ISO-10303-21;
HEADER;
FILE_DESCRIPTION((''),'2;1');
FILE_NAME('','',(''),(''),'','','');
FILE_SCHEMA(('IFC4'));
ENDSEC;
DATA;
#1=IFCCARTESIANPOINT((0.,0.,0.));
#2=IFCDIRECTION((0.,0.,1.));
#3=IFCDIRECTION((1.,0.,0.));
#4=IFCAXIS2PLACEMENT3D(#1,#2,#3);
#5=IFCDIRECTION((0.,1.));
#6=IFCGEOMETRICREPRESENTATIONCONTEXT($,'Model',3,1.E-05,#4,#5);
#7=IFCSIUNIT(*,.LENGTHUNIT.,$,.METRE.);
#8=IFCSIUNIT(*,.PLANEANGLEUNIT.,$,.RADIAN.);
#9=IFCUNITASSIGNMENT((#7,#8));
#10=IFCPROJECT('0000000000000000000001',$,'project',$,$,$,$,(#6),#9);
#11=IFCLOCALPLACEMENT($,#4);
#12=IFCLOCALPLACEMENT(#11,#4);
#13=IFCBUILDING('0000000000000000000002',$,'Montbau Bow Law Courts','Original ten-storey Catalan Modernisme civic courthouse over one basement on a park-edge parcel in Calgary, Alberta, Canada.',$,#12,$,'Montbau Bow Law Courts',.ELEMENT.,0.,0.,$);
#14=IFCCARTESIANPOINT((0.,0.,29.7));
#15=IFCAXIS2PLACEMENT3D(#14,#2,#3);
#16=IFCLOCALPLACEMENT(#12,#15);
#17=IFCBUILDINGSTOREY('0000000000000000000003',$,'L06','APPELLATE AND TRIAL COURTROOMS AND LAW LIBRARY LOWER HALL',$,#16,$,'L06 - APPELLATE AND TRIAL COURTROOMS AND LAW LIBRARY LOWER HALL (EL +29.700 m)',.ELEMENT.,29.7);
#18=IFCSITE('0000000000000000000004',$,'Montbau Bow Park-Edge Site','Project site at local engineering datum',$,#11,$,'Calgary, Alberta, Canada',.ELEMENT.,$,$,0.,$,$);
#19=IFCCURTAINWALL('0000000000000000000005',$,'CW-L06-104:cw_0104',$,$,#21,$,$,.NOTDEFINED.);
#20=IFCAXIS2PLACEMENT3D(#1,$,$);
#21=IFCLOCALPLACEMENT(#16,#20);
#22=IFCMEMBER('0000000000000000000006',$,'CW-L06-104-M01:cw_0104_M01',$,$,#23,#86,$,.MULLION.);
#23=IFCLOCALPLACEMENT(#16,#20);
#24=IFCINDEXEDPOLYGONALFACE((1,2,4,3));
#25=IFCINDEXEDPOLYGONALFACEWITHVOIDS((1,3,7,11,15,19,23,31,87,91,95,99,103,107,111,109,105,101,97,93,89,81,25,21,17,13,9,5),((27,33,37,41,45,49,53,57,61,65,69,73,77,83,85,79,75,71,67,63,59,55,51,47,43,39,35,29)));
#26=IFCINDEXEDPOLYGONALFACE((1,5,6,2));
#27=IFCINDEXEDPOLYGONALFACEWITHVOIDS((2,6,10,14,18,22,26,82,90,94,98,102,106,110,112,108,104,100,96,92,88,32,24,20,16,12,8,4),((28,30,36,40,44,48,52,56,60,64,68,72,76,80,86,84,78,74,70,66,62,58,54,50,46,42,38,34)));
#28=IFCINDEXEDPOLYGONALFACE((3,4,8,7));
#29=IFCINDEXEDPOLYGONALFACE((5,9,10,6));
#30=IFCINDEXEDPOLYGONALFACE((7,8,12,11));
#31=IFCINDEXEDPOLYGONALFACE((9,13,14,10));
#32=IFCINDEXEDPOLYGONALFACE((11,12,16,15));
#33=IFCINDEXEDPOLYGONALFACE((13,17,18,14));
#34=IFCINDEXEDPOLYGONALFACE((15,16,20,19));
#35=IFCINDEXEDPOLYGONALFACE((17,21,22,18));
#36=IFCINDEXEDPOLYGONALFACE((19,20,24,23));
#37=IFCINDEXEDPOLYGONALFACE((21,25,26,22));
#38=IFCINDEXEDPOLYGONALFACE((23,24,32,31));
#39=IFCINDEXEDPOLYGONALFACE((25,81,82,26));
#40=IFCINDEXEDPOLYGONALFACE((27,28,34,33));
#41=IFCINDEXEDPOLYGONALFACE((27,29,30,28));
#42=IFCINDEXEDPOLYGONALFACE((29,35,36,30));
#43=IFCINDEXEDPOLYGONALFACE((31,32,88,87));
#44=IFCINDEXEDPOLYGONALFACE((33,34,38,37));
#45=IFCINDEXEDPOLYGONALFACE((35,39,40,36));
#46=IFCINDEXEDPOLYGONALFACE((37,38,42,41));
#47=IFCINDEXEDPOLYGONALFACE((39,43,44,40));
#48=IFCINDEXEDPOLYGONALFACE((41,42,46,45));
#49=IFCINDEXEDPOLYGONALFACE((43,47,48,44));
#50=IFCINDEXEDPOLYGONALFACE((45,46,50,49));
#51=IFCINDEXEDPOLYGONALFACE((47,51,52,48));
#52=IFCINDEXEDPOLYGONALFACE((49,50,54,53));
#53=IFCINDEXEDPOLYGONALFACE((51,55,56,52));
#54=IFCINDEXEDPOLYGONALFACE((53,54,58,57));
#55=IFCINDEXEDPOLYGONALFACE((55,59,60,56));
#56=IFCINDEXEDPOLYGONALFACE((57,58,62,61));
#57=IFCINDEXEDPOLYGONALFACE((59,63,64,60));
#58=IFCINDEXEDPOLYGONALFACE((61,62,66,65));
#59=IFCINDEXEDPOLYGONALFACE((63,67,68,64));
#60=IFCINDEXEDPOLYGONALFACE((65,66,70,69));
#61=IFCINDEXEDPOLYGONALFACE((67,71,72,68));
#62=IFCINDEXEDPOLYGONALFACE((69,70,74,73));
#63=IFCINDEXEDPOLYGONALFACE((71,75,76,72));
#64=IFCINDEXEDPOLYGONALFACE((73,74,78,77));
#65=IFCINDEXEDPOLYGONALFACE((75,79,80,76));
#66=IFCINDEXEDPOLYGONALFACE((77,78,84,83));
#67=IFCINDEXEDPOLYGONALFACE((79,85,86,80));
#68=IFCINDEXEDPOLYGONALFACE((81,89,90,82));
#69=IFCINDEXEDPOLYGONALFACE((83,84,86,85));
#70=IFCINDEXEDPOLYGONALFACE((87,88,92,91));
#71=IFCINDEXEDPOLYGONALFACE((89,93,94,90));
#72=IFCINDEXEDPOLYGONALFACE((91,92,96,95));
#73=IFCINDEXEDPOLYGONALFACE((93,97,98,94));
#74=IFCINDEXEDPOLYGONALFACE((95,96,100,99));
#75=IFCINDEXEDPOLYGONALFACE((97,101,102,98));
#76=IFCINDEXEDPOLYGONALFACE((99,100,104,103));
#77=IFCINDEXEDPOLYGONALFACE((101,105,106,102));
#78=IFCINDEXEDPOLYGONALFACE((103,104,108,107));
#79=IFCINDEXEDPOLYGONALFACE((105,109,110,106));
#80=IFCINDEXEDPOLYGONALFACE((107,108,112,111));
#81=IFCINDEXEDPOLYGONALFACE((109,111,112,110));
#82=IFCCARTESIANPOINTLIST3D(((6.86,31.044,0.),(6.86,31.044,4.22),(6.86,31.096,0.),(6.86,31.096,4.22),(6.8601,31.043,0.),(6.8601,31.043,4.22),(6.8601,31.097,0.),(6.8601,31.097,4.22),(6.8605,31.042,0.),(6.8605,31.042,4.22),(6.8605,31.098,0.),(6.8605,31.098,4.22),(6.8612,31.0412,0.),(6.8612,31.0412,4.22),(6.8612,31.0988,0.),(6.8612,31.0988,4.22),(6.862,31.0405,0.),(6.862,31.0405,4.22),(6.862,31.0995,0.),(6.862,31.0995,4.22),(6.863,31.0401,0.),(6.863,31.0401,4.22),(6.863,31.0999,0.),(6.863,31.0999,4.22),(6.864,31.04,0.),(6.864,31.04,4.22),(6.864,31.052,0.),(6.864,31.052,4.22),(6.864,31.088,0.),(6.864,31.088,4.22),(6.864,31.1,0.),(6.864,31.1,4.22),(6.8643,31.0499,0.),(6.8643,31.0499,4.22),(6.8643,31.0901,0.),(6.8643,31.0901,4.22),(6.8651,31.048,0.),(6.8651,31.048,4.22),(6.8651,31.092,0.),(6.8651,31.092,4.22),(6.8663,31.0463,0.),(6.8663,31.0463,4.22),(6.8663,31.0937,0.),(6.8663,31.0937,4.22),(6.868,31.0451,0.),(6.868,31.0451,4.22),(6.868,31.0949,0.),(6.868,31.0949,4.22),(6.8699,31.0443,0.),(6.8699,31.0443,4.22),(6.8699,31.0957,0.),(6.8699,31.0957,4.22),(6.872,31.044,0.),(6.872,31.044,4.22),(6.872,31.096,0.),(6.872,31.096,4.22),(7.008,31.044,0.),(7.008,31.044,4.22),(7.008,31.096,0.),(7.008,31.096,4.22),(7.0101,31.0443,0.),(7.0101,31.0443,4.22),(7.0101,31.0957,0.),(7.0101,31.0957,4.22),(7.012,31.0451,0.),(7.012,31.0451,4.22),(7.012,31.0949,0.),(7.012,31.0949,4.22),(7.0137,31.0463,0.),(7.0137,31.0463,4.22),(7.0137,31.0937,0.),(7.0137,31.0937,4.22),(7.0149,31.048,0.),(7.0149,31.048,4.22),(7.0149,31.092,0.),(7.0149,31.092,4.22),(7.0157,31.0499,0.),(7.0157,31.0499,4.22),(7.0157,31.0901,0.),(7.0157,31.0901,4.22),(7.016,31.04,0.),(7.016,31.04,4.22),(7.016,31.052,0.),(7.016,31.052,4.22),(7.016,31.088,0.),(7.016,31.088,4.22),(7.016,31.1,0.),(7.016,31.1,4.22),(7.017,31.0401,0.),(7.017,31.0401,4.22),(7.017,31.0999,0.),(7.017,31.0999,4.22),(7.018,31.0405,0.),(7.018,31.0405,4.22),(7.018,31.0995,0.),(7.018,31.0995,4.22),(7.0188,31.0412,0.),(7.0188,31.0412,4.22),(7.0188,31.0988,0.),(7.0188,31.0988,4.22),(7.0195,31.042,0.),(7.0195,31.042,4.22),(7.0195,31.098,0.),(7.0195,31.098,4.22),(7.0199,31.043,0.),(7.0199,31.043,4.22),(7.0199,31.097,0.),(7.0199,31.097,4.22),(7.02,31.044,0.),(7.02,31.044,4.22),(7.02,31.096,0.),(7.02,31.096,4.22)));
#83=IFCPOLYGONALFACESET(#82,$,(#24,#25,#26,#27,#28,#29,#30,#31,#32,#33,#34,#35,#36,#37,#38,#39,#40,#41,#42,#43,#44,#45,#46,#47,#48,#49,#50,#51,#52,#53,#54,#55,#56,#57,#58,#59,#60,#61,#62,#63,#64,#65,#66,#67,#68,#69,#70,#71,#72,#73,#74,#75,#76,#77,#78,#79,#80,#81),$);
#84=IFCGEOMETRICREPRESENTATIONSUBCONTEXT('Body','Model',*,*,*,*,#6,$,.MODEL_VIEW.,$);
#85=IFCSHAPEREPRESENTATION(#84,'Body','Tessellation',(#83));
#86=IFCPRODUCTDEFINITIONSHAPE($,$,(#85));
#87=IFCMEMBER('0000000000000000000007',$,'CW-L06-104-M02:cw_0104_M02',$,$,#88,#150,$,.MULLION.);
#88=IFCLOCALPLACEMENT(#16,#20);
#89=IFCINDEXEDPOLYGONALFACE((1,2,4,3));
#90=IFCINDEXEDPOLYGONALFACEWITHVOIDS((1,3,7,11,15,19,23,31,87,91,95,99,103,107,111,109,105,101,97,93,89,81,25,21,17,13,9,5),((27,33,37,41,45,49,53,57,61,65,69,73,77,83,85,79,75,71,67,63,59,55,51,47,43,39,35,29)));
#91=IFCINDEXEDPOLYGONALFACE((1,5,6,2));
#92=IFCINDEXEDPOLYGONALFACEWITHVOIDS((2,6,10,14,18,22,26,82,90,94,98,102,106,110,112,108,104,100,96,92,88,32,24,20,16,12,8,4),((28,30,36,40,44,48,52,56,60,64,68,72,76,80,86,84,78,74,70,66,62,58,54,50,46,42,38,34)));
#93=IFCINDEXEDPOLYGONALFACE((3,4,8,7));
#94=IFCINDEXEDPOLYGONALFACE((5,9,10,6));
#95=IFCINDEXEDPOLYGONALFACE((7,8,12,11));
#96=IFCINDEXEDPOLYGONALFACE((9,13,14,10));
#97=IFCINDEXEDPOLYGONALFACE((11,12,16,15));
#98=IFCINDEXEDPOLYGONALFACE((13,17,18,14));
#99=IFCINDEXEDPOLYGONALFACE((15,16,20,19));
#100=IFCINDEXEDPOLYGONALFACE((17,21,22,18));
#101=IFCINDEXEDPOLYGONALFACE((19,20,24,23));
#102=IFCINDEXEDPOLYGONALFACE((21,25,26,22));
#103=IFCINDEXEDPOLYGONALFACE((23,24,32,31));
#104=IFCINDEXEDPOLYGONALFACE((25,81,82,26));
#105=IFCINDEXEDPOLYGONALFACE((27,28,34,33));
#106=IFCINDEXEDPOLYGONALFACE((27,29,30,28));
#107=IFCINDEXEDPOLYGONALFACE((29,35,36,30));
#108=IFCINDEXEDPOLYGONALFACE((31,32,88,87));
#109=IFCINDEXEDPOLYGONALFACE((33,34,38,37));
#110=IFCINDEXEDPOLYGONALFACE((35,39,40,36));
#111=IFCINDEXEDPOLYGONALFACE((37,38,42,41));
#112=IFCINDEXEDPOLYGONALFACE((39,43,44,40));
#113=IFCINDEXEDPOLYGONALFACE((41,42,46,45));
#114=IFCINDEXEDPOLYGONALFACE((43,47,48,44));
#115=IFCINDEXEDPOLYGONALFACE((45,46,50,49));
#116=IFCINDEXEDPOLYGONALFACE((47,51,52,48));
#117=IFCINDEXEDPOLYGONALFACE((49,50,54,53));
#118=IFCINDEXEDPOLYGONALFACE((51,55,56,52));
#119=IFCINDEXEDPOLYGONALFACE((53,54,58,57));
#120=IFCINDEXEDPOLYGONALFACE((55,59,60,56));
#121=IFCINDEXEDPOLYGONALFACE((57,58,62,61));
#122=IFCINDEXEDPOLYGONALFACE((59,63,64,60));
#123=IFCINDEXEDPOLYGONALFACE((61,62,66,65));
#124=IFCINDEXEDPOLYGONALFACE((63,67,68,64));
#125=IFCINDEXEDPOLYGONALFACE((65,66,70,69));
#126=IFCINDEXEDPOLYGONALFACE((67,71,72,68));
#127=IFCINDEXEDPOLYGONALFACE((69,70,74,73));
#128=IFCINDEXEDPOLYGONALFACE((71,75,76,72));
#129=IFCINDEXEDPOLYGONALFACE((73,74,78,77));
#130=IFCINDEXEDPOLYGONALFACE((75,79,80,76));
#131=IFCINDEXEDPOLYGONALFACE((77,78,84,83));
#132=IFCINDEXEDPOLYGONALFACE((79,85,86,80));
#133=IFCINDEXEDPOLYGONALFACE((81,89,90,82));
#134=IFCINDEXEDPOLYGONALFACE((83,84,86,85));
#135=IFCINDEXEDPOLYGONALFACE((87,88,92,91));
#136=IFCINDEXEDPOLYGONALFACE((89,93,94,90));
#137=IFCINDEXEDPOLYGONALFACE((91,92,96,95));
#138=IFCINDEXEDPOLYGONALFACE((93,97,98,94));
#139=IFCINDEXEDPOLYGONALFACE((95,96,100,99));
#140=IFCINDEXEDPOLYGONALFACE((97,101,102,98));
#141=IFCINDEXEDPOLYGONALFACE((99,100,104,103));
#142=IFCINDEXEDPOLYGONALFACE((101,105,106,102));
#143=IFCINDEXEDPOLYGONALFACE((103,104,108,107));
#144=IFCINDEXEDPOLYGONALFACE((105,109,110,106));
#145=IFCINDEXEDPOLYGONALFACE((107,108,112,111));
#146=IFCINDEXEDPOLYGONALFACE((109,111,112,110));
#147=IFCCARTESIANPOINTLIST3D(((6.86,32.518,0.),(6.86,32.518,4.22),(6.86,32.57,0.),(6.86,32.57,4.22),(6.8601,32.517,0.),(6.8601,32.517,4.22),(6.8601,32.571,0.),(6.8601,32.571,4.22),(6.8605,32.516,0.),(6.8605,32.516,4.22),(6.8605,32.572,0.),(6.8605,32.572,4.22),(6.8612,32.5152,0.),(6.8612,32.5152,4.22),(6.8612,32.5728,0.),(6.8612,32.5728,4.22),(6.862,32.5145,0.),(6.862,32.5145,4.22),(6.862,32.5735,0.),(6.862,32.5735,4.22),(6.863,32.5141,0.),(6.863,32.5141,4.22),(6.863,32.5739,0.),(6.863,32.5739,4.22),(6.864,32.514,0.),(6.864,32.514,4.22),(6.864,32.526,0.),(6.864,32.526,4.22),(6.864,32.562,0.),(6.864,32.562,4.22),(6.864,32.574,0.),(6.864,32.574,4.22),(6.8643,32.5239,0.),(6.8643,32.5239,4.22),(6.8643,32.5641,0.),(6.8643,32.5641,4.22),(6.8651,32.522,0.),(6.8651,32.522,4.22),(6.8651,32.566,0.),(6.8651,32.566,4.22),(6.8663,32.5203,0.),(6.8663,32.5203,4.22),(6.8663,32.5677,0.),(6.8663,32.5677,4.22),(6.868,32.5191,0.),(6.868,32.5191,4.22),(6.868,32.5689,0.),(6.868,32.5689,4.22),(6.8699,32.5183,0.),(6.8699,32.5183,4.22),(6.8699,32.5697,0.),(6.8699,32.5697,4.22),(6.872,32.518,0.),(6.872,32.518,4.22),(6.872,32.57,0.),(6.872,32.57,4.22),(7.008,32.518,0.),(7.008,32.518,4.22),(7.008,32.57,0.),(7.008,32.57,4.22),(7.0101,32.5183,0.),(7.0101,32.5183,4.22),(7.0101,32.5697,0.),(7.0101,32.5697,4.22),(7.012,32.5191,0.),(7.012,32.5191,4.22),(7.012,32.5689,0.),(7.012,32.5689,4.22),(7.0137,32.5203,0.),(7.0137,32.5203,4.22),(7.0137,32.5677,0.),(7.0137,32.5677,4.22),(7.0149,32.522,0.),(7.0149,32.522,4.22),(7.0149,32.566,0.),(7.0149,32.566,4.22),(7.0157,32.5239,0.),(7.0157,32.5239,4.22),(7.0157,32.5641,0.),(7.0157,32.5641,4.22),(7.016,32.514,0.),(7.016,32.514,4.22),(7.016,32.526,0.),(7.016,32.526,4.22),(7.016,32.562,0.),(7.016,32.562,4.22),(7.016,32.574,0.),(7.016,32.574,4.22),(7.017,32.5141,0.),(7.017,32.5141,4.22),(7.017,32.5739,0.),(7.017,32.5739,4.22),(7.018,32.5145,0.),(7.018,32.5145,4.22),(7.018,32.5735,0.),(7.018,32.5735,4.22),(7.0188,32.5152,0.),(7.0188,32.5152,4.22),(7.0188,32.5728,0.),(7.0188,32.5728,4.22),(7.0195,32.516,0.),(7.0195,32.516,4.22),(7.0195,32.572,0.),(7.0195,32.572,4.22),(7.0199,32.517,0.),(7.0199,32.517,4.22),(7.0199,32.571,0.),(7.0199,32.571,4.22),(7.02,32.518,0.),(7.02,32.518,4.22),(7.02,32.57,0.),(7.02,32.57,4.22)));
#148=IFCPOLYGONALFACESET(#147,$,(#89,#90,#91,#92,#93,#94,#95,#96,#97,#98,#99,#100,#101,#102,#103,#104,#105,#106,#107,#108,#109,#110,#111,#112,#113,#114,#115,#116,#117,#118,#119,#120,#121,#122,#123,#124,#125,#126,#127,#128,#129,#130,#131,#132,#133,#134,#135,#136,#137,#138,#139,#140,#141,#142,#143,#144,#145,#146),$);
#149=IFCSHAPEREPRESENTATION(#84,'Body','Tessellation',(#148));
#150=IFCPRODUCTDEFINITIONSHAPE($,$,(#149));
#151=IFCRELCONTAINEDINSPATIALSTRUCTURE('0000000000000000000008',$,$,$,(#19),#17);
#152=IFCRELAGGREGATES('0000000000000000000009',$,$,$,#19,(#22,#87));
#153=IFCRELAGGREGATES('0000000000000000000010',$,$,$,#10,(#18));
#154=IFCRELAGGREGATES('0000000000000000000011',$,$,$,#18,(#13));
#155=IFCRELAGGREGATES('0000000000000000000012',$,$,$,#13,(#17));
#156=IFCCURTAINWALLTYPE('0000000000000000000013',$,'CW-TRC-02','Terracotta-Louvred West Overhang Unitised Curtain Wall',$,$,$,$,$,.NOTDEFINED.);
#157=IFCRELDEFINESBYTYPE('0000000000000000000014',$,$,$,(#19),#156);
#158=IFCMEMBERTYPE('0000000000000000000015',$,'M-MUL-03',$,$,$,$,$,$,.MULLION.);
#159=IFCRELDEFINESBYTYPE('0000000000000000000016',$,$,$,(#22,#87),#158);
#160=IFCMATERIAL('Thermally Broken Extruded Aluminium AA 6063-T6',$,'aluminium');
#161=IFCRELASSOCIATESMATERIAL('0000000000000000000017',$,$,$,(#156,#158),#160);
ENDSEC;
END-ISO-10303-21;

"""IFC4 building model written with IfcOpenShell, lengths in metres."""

from ifc_helpers import new_model, si_unit, direction, frame, origin_with_axes, origin_2d_with_axis, place, context, subcontext, project, spatial, hollow_rectangle, extrude, material, material_profile, profile_set, type_object, element, aggregate, save


model = new_model("IFC4")

# Units and contexts
model_context = context("Model", 3, precision=1e-05, world=origin_with_axes(), true_north=direction((0.0, 1.0)))
body_context = subcontext(model_context, "Body", "Model", "MODEL_VIEW")
ifc_project = project(units=[si_unit("LENGTHUNIT", "METRE"), si_unit("PLANEANGLEUNIT", "RADIAN")], contexts=[model_context])

# Site, building, storey
site_placement = place(None, origin_with_axes())
site = spatial("IfcSite", under=ifc_project, at=site_placement, Name="Montbau Bow Park-Edge Site", Description="Project site at local engineering datum", LongName="Calgary, Alberta, Canada", CompositionType="ELEMENT", RefElevation=0.0)
building_placement = place(site_placement, origin_with_axes())
building = spatial("IfcBuilding", under=site, at=building_placement, Name="Montbau Bow Law Courts", Description="Original ten-storey Catalan Modernisme civic courthouse over one basement on a park-edge parcel in Calgary, Alberta, Canada.", LongName="Montbau Bow Law Courts", CompositionType="ELEMENT", ElevationOfRefHeight=0.0, ElevationOfTerrain=0.0)
storey_placement = place(building_placement, frame((0.0, 0.0, 29.7), z_axis=(0.0, 0.0, 1.0), x_axis=(1.0, 0.0, 0.0)))
storey = spatial("IfcBuildingStorey", under=building, at=storey_placement, Name="L06", Description="APPELLATE AND TRIAL COURTROOMS AND LAW LIBRARY LOWER HALL", LongName="L06 - APPELLATE AND TRIAL COURTROOMS AND LAW LIBRARY LOWER HALL (EL +29.700 m)", CompositionType="ELEMENT", Elevation=29.7)

# Curtain wall, members
ifc_material_1 = material(Name="Thermally Broken Extruded Aluminium AA 6063-T6", Category="aluminium")
curtain_wall_type = type_object("IfcCurtainWallType", Name="CW-TRC-02", Description="Terracotta-Louvred West Overhang Unitised Curtain Wall", PredefinedType="NOTDEFINED", material=ifc_material_1)
curtain_wall_placement = place(None, frame((6.94, 31.04, 29.7), z_axis=(0.0, 0.0, 1.0), x_axis=(1.0, 0.0, 0.0)))
curtain_wall = element("IfcCurtainWall", 1, at=curtain_wall_placement, inside=storey, type_object=curtain_wall_type, Name="CW-L06-104:cw_0104", PredefinedType="NOTDEFINED")
ifc_material_profile_1 = material_profile(ifc_material_1, hollow_rectangle(XDim=0.06, YDim=0.16, WallThickness=0.004, InnerFilletRadius=0.008, OuterFilletRadius=0.004, at=origin_2d_with_axis()), Name="CWM-160X60", Category="Main", Priority=0)
ifc_profile_set_1 = profile_set([ifc_material_profile_1], Name="Thermally Broken Extruded Aluminium AA 6063-T6")
member_type_1 = type_object("IfcMemberType", Name="M-MUL-03", PredefinedType="MULLION", material=ifc_profile_set_1)
member_1_placement = place(None, frame((6.94, 31.07, 29.7), z_axis=(0.0, 0.0, 1.0), x_axis=(0.0, 1.0, 0.0)))
member_1 = element("IfcMember", 2, at=member_1_placement, type_object=member_type_1, Name="CW-L06-104-M01:cw_0104_M01", PredefinedType="MULLION", context=body_context, shape_type="SweptSolid", body=[
    extrude(hollow_rectangle(XDim=0.06, YDim=0.16, WallThickness=0.004, InnerFilletRadius=0.008, OuterFilletRadius=0.004, at=origin_2d_with_axis()), origin_with_axes(), (0.0, 0.0, 1.0), 4.22),
])
member_2_placement = place(None, frame((6.94, 32.544, 29.7), z_axis=(0.0, 0.0, 1.0), x_axis=(0.0, 1.0, 0.0)))
member_2 = element("IfcMember", 3, at=member_2_placement, type_object=member_type_1, Name="CW-L06-104-M02:cw_0104_M02", PredefinedType="MULLION", context=body_context, shape_type="SweptSolid", body=[
    extrude(hollow_rectangle(XDim=0.06, YDim=0.16, WallThickness=0.004, InnerFilletRadius=0.008, OuterFilletRadius=0.004, at=origin_2d_with_axis()), origin_with_axes(), (0.0, 0.0, 1.0), 4.22),
])
aggregate(curtain_wall, [member_1, member_2])

save(model, "model.ifc")
